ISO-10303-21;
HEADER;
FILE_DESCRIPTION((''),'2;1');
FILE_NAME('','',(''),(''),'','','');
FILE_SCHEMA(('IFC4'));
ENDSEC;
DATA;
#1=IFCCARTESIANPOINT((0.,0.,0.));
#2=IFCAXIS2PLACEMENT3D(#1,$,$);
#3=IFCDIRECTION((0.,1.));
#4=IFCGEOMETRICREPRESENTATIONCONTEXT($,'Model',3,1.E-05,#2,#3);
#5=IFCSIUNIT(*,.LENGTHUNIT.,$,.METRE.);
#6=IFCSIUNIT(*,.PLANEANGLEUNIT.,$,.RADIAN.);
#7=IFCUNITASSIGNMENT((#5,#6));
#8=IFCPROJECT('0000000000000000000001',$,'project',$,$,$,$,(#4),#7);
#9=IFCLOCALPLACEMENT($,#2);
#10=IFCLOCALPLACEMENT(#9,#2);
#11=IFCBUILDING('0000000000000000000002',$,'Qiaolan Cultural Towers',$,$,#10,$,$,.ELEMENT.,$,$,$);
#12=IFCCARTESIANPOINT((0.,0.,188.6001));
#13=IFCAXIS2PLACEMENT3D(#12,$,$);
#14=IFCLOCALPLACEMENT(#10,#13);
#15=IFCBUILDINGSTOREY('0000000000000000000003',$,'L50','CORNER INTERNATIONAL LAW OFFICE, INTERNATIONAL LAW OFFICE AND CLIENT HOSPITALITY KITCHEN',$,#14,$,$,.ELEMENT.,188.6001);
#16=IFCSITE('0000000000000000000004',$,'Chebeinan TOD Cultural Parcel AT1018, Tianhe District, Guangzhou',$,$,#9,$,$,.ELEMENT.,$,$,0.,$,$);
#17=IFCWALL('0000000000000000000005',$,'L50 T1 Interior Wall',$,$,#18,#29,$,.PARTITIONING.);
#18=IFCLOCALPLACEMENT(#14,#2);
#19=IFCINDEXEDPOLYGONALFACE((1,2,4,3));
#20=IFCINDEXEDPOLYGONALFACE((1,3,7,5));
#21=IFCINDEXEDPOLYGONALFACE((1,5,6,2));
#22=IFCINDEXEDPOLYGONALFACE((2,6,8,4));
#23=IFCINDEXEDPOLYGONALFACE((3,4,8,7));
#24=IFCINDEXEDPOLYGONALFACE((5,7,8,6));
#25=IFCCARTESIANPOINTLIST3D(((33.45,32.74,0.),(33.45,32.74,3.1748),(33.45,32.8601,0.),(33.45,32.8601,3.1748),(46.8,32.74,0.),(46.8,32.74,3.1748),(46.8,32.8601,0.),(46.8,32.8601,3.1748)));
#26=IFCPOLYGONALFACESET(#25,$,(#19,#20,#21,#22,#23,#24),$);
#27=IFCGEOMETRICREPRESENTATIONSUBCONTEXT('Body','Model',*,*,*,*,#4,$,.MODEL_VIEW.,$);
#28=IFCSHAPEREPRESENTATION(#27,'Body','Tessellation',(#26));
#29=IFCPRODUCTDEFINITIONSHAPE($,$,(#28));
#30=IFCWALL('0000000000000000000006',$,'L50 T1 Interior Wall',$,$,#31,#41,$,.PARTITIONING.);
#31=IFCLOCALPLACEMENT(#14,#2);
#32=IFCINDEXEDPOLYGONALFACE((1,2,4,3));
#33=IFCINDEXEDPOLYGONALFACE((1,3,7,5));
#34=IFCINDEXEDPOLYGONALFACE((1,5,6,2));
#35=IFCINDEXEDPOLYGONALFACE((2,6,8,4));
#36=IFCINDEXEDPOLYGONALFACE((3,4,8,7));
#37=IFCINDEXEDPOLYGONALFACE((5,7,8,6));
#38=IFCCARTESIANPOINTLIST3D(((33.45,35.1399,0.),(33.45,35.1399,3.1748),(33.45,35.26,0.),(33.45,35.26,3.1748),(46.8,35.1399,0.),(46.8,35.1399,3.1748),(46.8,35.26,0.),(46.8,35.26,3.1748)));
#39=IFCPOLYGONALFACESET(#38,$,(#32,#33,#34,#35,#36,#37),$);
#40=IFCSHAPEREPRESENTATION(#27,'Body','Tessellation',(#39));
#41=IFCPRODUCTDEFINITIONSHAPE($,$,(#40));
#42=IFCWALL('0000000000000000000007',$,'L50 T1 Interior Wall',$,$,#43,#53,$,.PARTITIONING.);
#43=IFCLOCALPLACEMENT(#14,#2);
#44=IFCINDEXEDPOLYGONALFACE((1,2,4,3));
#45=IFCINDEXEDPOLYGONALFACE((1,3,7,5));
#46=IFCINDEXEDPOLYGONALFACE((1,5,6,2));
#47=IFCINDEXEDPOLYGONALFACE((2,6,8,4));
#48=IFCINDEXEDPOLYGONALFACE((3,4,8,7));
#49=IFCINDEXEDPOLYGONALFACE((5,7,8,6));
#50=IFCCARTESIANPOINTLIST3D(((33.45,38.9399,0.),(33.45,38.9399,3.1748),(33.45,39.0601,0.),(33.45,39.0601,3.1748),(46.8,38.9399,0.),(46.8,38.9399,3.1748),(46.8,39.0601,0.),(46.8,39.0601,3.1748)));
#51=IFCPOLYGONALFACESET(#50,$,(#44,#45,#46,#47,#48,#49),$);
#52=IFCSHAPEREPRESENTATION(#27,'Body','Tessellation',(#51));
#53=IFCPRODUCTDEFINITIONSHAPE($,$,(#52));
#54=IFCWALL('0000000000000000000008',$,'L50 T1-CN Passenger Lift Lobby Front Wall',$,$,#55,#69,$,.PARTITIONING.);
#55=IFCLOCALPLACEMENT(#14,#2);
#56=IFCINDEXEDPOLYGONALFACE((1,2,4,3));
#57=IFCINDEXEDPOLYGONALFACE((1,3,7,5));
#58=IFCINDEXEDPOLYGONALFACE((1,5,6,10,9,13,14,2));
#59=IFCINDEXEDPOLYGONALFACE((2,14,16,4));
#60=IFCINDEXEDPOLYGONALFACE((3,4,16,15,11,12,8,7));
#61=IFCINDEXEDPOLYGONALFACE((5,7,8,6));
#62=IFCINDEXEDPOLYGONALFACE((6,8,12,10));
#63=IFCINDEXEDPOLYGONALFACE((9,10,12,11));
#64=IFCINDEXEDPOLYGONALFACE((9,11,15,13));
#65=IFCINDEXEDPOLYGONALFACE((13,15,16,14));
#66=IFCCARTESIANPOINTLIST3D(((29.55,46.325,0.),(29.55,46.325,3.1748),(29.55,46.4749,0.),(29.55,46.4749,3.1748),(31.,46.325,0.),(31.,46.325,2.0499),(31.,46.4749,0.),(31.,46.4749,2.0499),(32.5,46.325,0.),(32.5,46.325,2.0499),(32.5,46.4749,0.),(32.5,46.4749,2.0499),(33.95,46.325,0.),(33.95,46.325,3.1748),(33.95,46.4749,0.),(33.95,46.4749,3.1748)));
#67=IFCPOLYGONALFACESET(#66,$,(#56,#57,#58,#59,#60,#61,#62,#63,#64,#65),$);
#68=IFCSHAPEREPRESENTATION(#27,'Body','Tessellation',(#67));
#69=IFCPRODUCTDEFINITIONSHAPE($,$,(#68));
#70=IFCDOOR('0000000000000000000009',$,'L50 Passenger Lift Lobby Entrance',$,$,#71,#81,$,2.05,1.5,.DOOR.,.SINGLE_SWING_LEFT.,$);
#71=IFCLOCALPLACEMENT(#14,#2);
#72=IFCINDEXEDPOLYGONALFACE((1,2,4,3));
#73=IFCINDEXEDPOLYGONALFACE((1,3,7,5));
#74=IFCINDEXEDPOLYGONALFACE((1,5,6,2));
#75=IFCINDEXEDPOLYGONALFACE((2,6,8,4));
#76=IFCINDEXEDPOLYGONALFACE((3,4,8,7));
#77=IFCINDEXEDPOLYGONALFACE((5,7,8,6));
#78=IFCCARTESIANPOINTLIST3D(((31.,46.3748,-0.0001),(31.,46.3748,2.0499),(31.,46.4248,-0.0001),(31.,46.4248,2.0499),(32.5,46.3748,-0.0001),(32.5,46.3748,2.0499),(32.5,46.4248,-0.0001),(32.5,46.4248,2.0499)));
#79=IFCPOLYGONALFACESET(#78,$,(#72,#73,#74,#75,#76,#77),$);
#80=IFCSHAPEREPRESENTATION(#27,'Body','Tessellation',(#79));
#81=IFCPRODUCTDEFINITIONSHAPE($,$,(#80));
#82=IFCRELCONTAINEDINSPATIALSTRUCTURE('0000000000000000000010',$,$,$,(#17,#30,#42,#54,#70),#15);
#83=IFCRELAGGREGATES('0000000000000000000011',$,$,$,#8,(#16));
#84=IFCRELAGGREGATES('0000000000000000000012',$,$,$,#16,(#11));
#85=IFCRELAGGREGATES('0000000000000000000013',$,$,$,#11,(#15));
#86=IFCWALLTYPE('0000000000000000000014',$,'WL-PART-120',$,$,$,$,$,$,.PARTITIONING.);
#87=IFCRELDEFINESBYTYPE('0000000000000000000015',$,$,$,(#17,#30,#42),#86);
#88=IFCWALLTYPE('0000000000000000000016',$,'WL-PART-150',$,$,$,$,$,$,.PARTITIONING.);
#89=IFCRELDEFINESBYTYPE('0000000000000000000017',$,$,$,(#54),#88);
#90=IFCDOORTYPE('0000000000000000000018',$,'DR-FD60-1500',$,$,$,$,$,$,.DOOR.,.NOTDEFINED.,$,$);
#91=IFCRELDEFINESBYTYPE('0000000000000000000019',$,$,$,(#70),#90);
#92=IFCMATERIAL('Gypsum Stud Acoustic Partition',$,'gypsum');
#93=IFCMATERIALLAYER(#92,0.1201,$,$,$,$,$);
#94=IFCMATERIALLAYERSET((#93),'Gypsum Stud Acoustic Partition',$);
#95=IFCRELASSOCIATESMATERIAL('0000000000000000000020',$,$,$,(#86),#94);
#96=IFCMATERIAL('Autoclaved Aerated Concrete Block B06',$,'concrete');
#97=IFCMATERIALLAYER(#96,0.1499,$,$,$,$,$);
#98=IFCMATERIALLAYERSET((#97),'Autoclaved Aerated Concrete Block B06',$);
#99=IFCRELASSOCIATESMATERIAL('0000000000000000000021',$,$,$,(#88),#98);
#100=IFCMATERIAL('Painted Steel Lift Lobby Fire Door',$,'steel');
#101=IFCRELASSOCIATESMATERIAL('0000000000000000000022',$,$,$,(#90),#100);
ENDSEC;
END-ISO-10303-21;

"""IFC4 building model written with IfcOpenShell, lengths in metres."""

from ifc_helpers import new_model, si_unit, direction, frame, frame_2d, origin, place, context, subcontext, project, spatial, rectangle, extrude, material, layer, layer_set, type_object, element, fill, save


model = new_model("IFC4")

# Units and contexts
model_context = context("Model", 3, precision=1e-05, world=origin(), true_north=direction((0.0, 1.0)))
body_context = subcontext(model_context, "Body", "Model", "MODEL_VIEW")
ifc_project = project(units=[si_unit("LENGTHUNIT", "METRE"), si_unit("PLANEANGLEUNIT", "RADIAN")], contexts=[model_context])

# Site, building, storey
site_placement = place(None, origin())
site = spatial("IfcSite", under=ifc_project, at=site_placement, Name="Chebeinan TOD Cultural Parcel AT1018, Tianhe District, Guangzhou", CompositionType="ELEMENT", RefElevation=0.0)
building_placement = place(site_placement, origin())
building = spatial("IfcBuilding", under=site, at=building_placement, Name="Qiaolan Cultural Towers", CompositionType="ELEMENT")
storey_placement = place(building_placement, frame((0.0, 0.0, 188.6001)))
storey = spatial("IfcBuildingStorey", under=building, at=storey_placement, Name="L50", Description="CORNER INTERNATIONAL LAW OFFICE, INTERNATIONAL LAW OFFICE AND CLIENT HOSPITALITY KITCHEN", CompositionType="ELEMENT", Elevation=188.6001)

# Walls
ifc_material_1 = material(Name="Gypsum Stud Acoustic Partition", Category="gypsum")
ifc_layer_1 = layer(ifc_material_1, 0.1201)
ifc_layer_set_1 = layer_set([ifc_layer_1], Name="Gypsum Stud Acoustic Partition")
wall_type_1 = type_object("IfcWallType", Name="WL-PART-120", PredefinedType="PARTITIONING", material=ifc_layer_set_1)
for number, where, z_axis, x_axis, name in (
    (1, (33.45, 32.8, 0.0), (0.0, 0.0, 1.0), (1.0, 0.0, 0.0), "L50 T1 Interior Wall"),
    (2, (33.45, 35.2, 0.0), (0.0, 0.0, 1.0), (1.0, 0.0, 0.0), "L50 T1 Interior Wall"),
    (3, (33.45, 39.0, 0.0), (0.0, 0.0, 1.0), (1.0, 0.0, 0.0), "L50 T1 Interior Wall"),
):
    element("IfcWall", number, at=place(storey_placement, frame(where, z_axis=z_axis, x_axis=x_axis)), inside=storey, type_object=wall_type_1, Name=name, PredefinedType="PARTITIONING", context=body_context, shape_type="SweptSolid", body=[
        extrude(rectangle(XDim=13.3501, YDim=0.1201, at=frame_2d((6.675, 0.0))), origin(), (0.0, 0.0, 1.0), 3.1748),
    ])

# Wall, opening, door
ifc_material_2 = material(Name="Autoclaved Aerated Concrete Block B06", Category="concrete")
ifc_layer_2 = layer(ifc_material_2, 0.1499)
ifc_layer_set_2 = layer_set([ifc_layer_2], Name="Autoclaved Aerated Concrete Block B06")
wall_type_2 = type_object("IfcWallType", Name="WL-PART-150", PredefinedType="PARTITIONING", material=ifc_layer_set_2)
wall_1_placement = place(storey_placement, frame((29.55, 46.3999, 0.0), z_axis=(0.0, 0.0, 1.0), x_axis=(1.0, 0.0, 0.0)))
wall_1 = element("IfcWall", 4, at=wall_1_placement, inside=storey, type_object=wall_type_2, Name="L50 T1-CN Passenger Lift Lobby Front Wall", PredefinedType="PARTITIONING", context=body_context, shape_type="SweptSolid", body=[
    extrude(rectangle(XDim=4.3999, YDim=0.1499, at=frame_2d((2.2, 0.0))), origin(), (0.0, 0.0, 1.0), 3.1748),
])
opening_1_placement = place(wall_1_placement, frame((1.45, 0.0, 0.0)))
opening_1 = element("IfcOpeningElement", 5, at=opening_1_placement, cuts=wall_1, PredefinedType="OPENING", context=body_context, shape_type="SweptSolid", body=[
    extrude(rectangle(XDim=1.5, YDim=2.05, at=frame_2d((0.75, 1.0249))), frame((0.0, 0.085, 0.0), z_axis=(0.0, -1.0, 0.0), x_axis=(1.0, 0.0, 0.0)), (0.0, 0.0, 1.0), 0.1699),
])
ifc_material_3 = material(Name="Painted Steel Lift Lobby Fire Door", Category="steel")
door_type_1 = type_object("IfcDoorType", Name="DR-FD60-1500", OperationType="NOTDEFINED", PredefinedType="DOOR", material=ifc_material_3)
door_1_placement = place(opening_1_placement, origin())
door_1 = element("IfcDoor", 6, at=door_1_placement, inside=storey, type_object=door_type_1, Name="L50 Passenger Lift Lobby Entrance", OperationType="SINGLE_SWING_LEFT", OverallHeight=2.05, OverallWidth=1.5, PredefinedType="DOOR", context=body_context, shape_type="SweptSolid", body=[
    extrude(rectangle(XDim=1.5, YDim=2.05, at=frame_2d((0.75, 1.0249))), frame((0.0, 0.0249, 0.0), z_axis=(0.0, -1.0, 0.0), x_axis=(1.0, 0.0, 0.0)), (0.0, 0.0, 1.0), 0.05),
])
fill(opening_1, door_1)

save(model, "model.ifc")
